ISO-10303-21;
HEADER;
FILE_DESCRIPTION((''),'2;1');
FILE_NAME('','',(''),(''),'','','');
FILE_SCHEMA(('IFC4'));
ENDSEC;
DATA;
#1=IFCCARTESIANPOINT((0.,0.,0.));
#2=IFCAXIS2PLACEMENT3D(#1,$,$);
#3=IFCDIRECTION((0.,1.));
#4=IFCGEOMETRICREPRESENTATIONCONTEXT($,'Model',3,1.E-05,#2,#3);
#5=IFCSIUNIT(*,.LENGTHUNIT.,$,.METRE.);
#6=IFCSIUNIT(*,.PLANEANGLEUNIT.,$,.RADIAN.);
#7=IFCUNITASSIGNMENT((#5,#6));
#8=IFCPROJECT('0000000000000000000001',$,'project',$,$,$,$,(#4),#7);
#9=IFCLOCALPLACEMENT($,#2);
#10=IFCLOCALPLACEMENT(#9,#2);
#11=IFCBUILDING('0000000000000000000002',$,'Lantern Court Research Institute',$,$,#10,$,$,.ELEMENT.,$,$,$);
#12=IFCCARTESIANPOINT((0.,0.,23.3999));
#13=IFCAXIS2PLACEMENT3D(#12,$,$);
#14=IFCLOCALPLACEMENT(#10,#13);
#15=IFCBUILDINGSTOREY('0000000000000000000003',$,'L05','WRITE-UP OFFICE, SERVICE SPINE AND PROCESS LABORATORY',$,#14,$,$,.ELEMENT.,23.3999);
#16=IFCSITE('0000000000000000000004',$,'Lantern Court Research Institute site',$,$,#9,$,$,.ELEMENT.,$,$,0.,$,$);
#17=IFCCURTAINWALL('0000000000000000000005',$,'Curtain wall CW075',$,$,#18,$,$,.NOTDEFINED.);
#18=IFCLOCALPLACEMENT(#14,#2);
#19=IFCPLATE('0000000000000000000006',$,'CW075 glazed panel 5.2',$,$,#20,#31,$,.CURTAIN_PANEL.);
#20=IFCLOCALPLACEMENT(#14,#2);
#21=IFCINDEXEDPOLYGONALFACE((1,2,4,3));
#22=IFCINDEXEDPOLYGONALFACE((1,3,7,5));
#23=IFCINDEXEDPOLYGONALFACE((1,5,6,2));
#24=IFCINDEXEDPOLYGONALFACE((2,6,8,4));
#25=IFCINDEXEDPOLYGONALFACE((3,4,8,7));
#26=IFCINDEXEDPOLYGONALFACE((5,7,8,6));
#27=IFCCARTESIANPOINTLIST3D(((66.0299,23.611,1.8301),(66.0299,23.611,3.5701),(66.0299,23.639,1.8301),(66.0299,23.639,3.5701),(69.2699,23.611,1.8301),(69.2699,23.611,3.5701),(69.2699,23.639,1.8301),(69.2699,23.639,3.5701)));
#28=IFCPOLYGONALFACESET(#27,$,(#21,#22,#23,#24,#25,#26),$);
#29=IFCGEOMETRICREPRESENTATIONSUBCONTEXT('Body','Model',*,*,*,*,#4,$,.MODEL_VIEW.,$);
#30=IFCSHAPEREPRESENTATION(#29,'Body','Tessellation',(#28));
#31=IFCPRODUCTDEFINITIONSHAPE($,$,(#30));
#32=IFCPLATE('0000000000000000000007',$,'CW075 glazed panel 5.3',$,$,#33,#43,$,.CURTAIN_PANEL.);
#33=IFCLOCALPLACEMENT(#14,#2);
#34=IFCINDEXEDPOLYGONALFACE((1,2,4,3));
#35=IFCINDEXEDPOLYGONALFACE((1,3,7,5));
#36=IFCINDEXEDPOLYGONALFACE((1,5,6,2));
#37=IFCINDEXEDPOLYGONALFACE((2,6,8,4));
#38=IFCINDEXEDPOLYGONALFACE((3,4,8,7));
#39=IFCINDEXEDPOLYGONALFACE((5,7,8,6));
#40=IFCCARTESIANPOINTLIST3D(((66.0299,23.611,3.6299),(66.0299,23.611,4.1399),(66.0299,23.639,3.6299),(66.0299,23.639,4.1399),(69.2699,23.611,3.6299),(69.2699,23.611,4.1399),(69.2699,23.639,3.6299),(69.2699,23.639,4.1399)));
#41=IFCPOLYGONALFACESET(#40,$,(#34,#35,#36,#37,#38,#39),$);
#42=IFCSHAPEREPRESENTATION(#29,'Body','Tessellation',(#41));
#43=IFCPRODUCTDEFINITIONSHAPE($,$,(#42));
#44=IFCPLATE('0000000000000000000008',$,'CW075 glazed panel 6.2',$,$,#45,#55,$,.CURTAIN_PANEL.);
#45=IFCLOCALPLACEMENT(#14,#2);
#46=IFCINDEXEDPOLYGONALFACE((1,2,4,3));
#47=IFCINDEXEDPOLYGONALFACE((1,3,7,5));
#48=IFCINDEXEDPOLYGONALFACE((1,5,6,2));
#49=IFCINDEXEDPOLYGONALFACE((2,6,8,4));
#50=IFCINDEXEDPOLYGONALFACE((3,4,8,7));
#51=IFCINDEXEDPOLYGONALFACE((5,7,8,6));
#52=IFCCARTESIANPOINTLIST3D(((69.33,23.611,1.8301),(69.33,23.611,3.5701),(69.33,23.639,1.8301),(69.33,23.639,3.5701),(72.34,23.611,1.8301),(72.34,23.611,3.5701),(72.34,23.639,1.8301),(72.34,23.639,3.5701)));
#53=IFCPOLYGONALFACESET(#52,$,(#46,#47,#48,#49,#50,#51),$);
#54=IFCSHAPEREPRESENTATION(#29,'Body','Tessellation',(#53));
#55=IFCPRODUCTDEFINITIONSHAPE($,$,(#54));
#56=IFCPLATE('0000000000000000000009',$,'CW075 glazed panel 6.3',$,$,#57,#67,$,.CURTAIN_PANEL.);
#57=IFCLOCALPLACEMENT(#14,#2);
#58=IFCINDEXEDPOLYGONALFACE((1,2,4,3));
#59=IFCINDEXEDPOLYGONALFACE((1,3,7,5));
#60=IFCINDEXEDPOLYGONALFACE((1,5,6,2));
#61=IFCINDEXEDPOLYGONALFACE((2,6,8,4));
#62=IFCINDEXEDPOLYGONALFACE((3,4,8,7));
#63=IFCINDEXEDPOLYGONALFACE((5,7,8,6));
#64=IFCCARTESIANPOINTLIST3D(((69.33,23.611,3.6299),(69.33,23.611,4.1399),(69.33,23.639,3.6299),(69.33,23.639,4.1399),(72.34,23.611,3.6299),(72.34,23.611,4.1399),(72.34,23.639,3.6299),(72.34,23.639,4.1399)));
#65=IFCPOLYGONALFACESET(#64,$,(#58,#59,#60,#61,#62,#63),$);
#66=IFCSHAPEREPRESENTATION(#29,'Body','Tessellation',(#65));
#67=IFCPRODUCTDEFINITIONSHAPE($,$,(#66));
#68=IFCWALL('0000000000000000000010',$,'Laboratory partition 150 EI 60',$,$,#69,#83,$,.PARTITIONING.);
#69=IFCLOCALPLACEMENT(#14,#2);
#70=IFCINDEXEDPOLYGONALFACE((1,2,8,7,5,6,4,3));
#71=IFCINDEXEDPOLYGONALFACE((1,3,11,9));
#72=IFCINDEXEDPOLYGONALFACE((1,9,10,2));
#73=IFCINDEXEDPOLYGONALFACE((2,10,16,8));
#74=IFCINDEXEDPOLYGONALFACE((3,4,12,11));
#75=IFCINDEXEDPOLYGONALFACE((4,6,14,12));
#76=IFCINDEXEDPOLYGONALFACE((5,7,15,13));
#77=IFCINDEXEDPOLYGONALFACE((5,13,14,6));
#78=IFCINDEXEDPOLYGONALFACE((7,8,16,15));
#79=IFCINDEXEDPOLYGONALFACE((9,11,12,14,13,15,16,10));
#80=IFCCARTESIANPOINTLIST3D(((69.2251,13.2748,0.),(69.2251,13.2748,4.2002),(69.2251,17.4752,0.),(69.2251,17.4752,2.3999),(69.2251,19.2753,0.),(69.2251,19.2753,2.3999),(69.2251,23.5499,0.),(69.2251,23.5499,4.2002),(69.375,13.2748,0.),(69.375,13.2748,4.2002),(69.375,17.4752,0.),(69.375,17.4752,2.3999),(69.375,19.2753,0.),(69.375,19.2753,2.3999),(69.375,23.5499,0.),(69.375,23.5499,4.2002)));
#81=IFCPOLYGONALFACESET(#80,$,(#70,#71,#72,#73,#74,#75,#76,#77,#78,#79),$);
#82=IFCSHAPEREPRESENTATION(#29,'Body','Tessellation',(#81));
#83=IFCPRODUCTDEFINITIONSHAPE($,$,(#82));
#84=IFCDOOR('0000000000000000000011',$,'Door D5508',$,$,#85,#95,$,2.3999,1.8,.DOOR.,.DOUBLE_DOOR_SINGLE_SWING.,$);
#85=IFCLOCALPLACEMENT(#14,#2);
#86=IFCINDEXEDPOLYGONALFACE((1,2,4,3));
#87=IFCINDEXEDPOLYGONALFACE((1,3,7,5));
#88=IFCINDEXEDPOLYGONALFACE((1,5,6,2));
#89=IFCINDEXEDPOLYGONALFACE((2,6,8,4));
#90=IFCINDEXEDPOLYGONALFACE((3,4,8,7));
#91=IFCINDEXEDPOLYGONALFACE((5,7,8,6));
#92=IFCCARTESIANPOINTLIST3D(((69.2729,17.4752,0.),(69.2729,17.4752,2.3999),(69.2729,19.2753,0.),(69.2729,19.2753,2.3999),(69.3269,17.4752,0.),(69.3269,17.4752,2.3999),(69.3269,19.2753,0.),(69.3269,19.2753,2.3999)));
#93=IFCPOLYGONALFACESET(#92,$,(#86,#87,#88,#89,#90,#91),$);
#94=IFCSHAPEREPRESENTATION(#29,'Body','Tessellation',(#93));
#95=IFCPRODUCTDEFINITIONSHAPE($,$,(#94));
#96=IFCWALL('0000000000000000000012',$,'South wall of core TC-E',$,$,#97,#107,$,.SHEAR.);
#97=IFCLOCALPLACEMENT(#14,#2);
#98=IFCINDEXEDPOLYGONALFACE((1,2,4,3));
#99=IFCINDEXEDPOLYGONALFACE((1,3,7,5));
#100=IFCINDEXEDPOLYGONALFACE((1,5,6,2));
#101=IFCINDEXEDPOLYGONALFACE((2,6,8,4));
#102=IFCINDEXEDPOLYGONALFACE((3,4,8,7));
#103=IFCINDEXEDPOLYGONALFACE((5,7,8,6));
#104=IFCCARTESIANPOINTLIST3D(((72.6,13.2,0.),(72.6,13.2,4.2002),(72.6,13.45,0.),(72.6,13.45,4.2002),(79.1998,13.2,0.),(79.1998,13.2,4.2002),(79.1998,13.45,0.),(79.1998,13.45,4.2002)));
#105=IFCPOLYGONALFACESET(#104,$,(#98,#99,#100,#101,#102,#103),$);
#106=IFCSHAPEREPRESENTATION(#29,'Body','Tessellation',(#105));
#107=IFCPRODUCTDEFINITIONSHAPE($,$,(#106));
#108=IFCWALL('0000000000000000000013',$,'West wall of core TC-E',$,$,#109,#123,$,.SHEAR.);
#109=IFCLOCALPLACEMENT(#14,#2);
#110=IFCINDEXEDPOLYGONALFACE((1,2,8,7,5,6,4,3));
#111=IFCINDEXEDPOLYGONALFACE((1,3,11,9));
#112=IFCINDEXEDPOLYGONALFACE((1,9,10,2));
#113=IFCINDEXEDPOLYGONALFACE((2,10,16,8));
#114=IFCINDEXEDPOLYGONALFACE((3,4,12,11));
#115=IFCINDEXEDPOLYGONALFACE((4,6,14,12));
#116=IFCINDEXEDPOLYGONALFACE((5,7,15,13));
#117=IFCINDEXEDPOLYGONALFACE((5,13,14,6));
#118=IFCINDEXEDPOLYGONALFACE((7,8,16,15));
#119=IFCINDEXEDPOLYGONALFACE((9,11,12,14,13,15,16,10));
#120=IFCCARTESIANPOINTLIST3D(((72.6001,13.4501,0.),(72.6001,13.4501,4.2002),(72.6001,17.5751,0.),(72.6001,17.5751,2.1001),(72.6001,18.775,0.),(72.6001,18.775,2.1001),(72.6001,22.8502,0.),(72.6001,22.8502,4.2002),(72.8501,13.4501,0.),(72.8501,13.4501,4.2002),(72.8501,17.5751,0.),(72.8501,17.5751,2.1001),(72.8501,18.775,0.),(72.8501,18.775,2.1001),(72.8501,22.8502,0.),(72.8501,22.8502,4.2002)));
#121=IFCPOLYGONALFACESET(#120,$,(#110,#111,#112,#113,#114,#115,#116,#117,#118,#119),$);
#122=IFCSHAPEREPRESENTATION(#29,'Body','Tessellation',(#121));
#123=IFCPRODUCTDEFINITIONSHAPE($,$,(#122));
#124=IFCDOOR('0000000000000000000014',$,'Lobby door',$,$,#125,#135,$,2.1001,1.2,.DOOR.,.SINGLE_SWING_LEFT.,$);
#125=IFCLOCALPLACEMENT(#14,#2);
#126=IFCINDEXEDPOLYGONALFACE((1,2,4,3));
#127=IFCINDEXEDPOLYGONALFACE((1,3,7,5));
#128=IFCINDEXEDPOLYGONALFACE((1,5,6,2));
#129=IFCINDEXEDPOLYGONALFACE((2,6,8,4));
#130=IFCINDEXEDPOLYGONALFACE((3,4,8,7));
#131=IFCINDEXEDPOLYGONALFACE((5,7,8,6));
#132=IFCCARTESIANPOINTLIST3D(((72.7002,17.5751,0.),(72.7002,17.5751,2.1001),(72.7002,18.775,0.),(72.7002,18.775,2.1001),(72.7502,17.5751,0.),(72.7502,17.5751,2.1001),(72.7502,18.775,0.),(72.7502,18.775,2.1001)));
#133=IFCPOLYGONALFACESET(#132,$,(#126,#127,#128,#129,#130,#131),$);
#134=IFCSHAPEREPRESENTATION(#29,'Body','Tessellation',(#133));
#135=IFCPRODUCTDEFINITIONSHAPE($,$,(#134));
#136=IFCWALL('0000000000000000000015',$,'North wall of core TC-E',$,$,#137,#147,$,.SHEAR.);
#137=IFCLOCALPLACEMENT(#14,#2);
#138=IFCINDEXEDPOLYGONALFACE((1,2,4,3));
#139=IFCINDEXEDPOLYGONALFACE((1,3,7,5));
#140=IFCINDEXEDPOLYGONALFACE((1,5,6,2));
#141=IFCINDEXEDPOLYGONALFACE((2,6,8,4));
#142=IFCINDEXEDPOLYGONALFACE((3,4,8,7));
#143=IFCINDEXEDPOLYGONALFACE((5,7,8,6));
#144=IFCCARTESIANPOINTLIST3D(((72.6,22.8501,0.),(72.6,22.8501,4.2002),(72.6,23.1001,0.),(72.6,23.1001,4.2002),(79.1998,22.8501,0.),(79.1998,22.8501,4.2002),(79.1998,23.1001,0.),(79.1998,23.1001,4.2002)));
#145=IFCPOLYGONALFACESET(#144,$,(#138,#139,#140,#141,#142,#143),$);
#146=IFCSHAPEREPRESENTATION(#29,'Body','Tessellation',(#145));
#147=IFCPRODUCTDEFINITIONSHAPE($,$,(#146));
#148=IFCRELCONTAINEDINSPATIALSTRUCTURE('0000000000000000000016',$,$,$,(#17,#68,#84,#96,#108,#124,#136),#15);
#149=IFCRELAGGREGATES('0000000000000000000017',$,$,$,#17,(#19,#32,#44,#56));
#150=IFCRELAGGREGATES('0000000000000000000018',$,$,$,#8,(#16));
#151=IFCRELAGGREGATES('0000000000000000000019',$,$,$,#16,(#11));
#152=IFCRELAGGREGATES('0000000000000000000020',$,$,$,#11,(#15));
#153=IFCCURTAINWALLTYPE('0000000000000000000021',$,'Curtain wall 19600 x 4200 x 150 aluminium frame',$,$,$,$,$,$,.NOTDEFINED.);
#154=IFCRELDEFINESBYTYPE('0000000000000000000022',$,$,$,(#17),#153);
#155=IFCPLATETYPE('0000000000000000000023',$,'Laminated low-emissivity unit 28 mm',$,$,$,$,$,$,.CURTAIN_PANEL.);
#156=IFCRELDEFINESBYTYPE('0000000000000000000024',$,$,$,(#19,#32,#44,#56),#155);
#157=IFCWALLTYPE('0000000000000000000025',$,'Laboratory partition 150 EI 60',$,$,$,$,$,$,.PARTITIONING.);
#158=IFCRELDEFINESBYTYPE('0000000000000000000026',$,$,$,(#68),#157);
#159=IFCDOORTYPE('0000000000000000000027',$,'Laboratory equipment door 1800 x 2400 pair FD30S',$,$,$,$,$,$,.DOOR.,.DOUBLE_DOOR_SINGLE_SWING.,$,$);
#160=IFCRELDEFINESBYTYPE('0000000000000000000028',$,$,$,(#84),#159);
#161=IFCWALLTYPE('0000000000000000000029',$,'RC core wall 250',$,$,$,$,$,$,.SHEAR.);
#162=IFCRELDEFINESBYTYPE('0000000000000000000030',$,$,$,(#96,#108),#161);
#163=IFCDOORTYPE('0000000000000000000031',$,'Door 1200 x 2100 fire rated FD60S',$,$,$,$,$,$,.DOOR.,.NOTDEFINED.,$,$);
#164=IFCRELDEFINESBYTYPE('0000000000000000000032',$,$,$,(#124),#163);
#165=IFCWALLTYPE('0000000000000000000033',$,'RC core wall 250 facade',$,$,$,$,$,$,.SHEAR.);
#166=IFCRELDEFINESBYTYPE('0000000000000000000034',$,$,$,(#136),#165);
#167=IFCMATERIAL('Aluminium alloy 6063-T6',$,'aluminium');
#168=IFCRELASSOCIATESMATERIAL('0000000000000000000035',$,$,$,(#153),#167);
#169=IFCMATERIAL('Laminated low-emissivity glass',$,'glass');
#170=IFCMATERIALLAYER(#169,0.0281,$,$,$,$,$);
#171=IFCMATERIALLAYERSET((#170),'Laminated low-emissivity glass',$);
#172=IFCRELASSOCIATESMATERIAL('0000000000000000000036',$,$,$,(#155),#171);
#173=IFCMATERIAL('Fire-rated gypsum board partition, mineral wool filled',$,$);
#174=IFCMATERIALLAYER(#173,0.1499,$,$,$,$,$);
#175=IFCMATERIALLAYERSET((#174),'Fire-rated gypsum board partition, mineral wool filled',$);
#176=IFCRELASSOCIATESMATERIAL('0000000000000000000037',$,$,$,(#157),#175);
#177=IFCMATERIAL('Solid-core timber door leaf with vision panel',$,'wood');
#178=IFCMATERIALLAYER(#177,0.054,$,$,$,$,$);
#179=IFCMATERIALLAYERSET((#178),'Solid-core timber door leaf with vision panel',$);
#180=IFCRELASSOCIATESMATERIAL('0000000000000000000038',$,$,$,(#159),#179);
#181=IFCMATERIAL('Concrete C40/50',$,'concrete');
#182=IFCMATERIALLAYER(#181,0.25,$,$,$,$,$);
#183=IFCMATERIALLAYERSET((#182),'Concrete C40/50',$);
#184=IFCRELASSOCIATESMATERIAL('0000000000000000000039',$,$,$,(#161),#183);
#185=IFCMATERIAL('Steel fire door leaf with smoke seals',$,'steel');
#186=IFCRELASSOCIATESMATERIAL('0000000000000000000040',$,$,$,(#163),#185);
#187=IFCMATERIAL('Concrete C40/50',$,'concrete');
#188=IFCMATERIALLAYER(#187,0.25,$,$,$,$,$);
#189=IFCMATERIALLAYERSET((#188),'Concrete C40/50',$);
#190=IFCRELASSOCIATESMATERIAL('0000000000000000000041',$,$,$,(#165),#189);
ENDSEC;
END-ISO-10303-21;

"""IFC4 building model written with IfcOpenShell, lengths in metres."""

from ifc_helpers import new_model, si_unit, direction, frame, frame_2d, origin, origin_2d, place, context, subcontext, project, spatial, rectangle, extrude, material, layer, layer_set, type_object, element, fill, aggregate, save


model = new_model("IFC4")

# Units and contexts
model_context = context("Model", 3, precision=1e-05, world=origin(), true_north=direction((0.0, 1.0)))
body_context = subcontext(model_context, "Body", "Model", "MODEL_VIEW")
ifc_project = project(units=[si_unit("LENGTHUNIT", "METRE"), si_unit("PLANEANGLEUNIT", "RADIAN")], contexts=[model_context])

# Site, building, storey
site_placement = place(None, origin())
site = spatial("IfcSite", under=ifc_project, at=site_placement, Name="Lantern Court Research Institute site", CompositionType="ELEMENT", RefElevation=0.0)
building_placement = place(site_placement, origin())
building = spatial("IfcBuilding", under=site, at=building_placement, Name="Lantern Court Research Institute", CompositionType="ELEMENT")
storey_placement = place(building_placement, frame((0.0, 0.0, 23.3999)))
storey = spatial("IfcBuildingStorey", under=building, at=storey_placement, Name="L05", Description="WRITE-UP OFFICE, SERVICE SPINE AND PROCESS LABORATORY", CompositionType="ELEMENT", Elevation=23.3999)

# Curtain wall
ifc_material_1 = material(Name="Aluminium alloy 6063-T6", Category="aluminium")
curtain_wall_type = type_object("IfcCurtainWallType", Name="Curtain wall 19600 x 4200 x 150 aluminium frame", PredefinedType="NOTDEFINED", material=ifc_material_1)
curtain_wall_placement = place(storey_placement, origin())
curtain_wall = element("IfcCurtainWall", 1, at=curtain_wall_placement, inside=storey, type_object=curtain_wall_type, Name="Curtain wall CW075", PredefinedType="NOTDEFINED")

# Plates
ifc_material_2 = material(Name="Laminated low-emissivity glass", Category="glass")
ifc_layer_1 = layer(ifc_material_2, 0.0281)
ifc_layer_set_1 = layer_set([ifc_layer_1], Name="Laminated low-emissivity glass")
plate_type_1 = type_object("IfcPlateType", Name="Laminated low-emissivity unit 28 mm", PredefinedType="CURTAIN_PANEL", material=ifc_layer_set_1)
plate_1_placement = place(storey_placement, frame((67.6499, 23.625, 1.8301), z_axis=(0.0, 0.0, 1.0), x_axis=(1.0, 0.0, 0.0)))
plate_1 = element("IfcPlate", 2, at=plate_1_placement, type_object=plate_type_1, Name="CW075 glazed panel 5.2", PredefinedType="CURTAIN_PANEL", context=body_context, shape_type="SweptSolid", body=[
    extrude(rectangle(XDim=3.24, YDim=0.0281, at=origin_2d()), origin(), (0.0, 0.0, 1.0), 1.74),
])
plate_2_placement = place(storey_placement, frame((67.6499, 23.625, 3.6299), z_axis=(0.0, 0.0, 1.0), x_axis=(1.0, 0.0, 0.0)))
plate_2 = element("IfcPlate", 3, at=plate_2_placement, type_object=plate_type_1, Name="CW075 glazed panel 5.3", PredefinedType="CURTAIN_PANEL", context=body_context, shape_type="SweptSolid", body=[
    extrude(rectangle(XDim=3.24, YDim=0.0281, at=origin_2d()), origin(), (0.0, 0.0, 1.0), 0.51),
])
plate_3_placement = place(storey_placement, frame((70.835, 23.625, 1.8301), z_axis=(0.0, 0.0, 1.0), x_axis=(1.0, 0.0, 0.0)))
plate_3 = element("IfcPlate", 4, at=plate_3_placement, type_object=plate_type_1, Name="CW075 glazed panel 6.2", PredefinedType="CURTAIN_PANEL", context=body_context, shape_type="SweptSolid", body=[
    extrude(rectangle(XDim=3.01, YDim=0.0281, at=origin_2d()), origin(), (0.0, 0.0, 1.0), 1.74),
])
plate_4_placement = place(storey_placement, frame((70.835, 23.625, 3.6299), z_axis=(0.0, 0.0, 1.0), x_axis=(1.0, 0.0, 0.0)))
plate_4 = element("IfcPlate", 5, at=plate_4_placement, type_object=plate_type_1, Name="CW075 glazed panel 6.3", PredefinedType="CURTAIN_PANEL", context=body_context, shape_type="SweptSolid", body=[
    extrude(rectangle(XDim=3.01, YDim=0.0281, at=origin_2d()), origin(), (0.0, 0.0, 1.0), 0.51),
])
aggregate(curtain_wall, [plate_1, plate_2, plate_3, plate_4])

# Wall, opening, door
ifc_material_3 = material(Name="Fire-rated gypsum board partition, mineral wool filled")
ifc_layer_2 = layer(ifc_material_3, 0.1499)
ifc_layer_set_2 = layer_set([ifc_layer_2], Name="Fire-rated gypsum board partition, mineral wool filled")
wall_type_1 = type_object("IfcWallType", Name="Laboratory partition 150 EI 60", PredefinedType="PARTITIONING", material=ifc_layer_set_2)
wall_1_placement = place(storey_placement, frame((69.3, 23.55, 0.0), z_axis=(0.0, 0.0, 1.0), x_axis=(0.0, -1.0, 0.0)))
wall_1 = element("IfcWall", 6, at=wall_1_placement, inside=storey, type_object=wall_type_1, Name="Laboratory partition 150 EI 60", PredefinedType="PARTITIONING", context=body_context, shape_type="SweptSolid", body=[
    extrude(rectangle(XDim=10.2751, YDim=0.1499, at=frame_2d((5.1377, 0.0))), origin(), (0.0, 0.0, 1.0), 4.2002),
])
opening_1_placement = place(wall_1_placement, frame((4.2749, 0.0, 0.0)))
opening_1 = element("IfcOpeningElement", 7, at=opening_1_placement, cuts=wall_1, PredefinedType="OPENING", context=body_context, shape_type="SweptSolid", body=[
    extrude(rectangle(XDim=1.8, YDim=2.3999, at=frame_2d((0.8999, 1.2))), frame((0.0, 0.085, 0.0), z_axis=(0.0, -1.0, 0.0), x_axis=(1.0, 0.0, 0.0)), (0.0, 0.0, 1.0), 0.1699),
])
ifc_material_4 = material(Name="Solid-core timber door leaf with vision panel", Category="wood")
ifc_layer_3 = layer(ifc_material_4, 0.054)
ifc_layer_set_3 = layer_set([ifc_layer_3], Name="Solid-core timber door leaf with vision panel")
door_type_1 = type_object("IfcDoorType", Name="Laboratory equipment door 1800 x 2400 pair FD30S", OperationType="DOUBLE_DOOR_SINGLE_SWING", PredefinedType="DOOR", material=ifc_layer_set_3)
door_1_placement = place(opening_1_placement, origin())
door_1 = element("IfcDoor", 8, at=door_1_placement, inside=storey, type_object=door_type_1, Name="Door D5508", OperationType="DOUBLE_DOOR_SINGLE_SWING", OverallHeight=2.3999, OverallWidth=1.8, PredefinedType="DOOR", context=body_context, shape_type="SweptSolid", body=[
    extrude(rectangle(XDim=1.8, YDim=2.3999, at=frame_2d((0.8999, 1.2))), frame((0.0, 0.0269, 0.0), z_axis=(0.0, -1.0, 0.0), x_axis=(1.0, 0.0, 0.0)), (0.0, 0.0, 1.0), 0.054),
])
fill(opening_1, door_1)

# Wall
ifc_material_5 = material(Name="Concrete C40/50", Category="concrete")
ifc_layer_4 = layer(ifc_material_5, 0.25)
ifc_layer_set_4 = layer_set([ifc_layer_4], Name="Concrete C40/50")
wall_type_2 = type_object("IfcWallType", Name="RC core wall 250", PredefinedType="SHEAR", material=ifc_layer_set_4)
wall_2_placement = place(storey_placement, frame((72.6001, 13.325, 0.0), z_axis=(0.0, 0.0, 1.0), x_axis=(1.0, 0.0, 0.0)))
element("IfcWall", 9, at=wall_2_placement, inside=storey, type_object=wall_type_2, Name="South wall of core TC-E", PredefinedType="SHEAR", context=body_context, shape_type="SweptSolid", body=[
    extrude(rectangle(XDim=6.5999, YDim=0.25, at=frame_2d((3.2998, 0.0))), origin(), (0.0, 0.0, 1.0), 4.2002),
])

# Wall, opening, door
wall_3_placement = place(storey_placement, frame((72.7251, 13.45, 0.0), z_axis=(0.0, 0.0, 1.0), x_axis=(0.0, 1.0, 0.0)))
wall_3 = element("IfcWall", 10, at=wall_3_placement, inside=storey, type_object=wall_type_2, Name="West wall of core TC-E", PredefinedType="SHEAR", context=body_context, shape_type="SweptSolid", body=[
    extrude(rectangle(XDim=9.4001, YDim=0.25, at=frame_2d((4.7002, 0.0))), origin(), (0.0, 0.0, 1.0), 4.2002),
])
opening_2_placement = place(wall_3_placement, frame((4.125, 0.0, 0.0)))
opening_2 = element("IfcOpeningElement", 11, at=opening_2_placement, cuts=wall_3, PredefinedType="OPENING", context=body_context, shape_type="SweptSolid", body=[
    extrude(rectangle(XDim=1.2, YDim=2.1001, at=frame_2d((0.6001, 1.05))), frame((0.0, 0.135, 0.0), z_axis=(0.0, -1.0, 0.0), x_axis=(1.0, 0.0, 0.0)), (0.0, 0.0, 1.0), 0.27),
])
ifc_material_6 = material(Name="Steel fire door leaf with smoke seals", Category="steel")
door_type_2 = type_object("IfcDoorType", Name="Door 1200 x 2100 fire rated FD60S", OperationType="NOTDEFINED", PredefinedType="DOOR", material=ifc_material_6)
door_2_placement = place(opening_2_placement, origin())
door_2 = element("IfcDoor", 12, at=door_2_placement, inside=storey, type_object=door_type_2, Name="Lobby door", OperationType="SINGLE_SWING_LEFT", OverallHeight=2.1001, OverallWidth=1.2, PredefinedType="DOOR", context=body_context, shape_type="SweptSolid", body=[
    extrude(rectangle(XDim=1.2, YDim=2.1001, at=frame_2d((0.6001, 1.05))), frame((0.0, 0.0249, 0.0), z_axis=(0.0, -1.0, 0.0), x_axis=(1.0, 0.0, 0.0)), (0.0, 0.0, 1.0), 0.05),
])
fill(opening_2, door_2)

# Wall
ifc_material_7 = material(Name="Concrete C40/50", Category="concrete")
ifc_layer_5 = layer(ifc_material_7, 0.25)
ifc_layer_set_5 = layer_set([ifc_layer_5], Name="Concrete C40/50")
wall_type_3 = type_object("IfcWallType", Name="RC core wall 250 facade", PredefinedType="SHEAR", material=ifc_layer_set_5)
wall_4_placement = place(storey_placement, frame((72.6001, 22.9751, 0.0), z_axis=(0.0, 0.0, 1.0), x_axis=(1.0, 0.0, 0.0)))
element("IfcWall", 13, at=wall_4_placement, inside=storey, type_object=wall_type_3, Name="North wall of core TC-E", PredefinedType="SHEAR", context=body_context, shape_type="SweptSolid", body=[
    extrude(rectangle(XDim=6.5999, YDim=0.25, at=frame_2d((3.2998, 0.0))), origin(), (0.0, 0.0, 1.0), 4.2002),
])

save(model, "model.ifc")
